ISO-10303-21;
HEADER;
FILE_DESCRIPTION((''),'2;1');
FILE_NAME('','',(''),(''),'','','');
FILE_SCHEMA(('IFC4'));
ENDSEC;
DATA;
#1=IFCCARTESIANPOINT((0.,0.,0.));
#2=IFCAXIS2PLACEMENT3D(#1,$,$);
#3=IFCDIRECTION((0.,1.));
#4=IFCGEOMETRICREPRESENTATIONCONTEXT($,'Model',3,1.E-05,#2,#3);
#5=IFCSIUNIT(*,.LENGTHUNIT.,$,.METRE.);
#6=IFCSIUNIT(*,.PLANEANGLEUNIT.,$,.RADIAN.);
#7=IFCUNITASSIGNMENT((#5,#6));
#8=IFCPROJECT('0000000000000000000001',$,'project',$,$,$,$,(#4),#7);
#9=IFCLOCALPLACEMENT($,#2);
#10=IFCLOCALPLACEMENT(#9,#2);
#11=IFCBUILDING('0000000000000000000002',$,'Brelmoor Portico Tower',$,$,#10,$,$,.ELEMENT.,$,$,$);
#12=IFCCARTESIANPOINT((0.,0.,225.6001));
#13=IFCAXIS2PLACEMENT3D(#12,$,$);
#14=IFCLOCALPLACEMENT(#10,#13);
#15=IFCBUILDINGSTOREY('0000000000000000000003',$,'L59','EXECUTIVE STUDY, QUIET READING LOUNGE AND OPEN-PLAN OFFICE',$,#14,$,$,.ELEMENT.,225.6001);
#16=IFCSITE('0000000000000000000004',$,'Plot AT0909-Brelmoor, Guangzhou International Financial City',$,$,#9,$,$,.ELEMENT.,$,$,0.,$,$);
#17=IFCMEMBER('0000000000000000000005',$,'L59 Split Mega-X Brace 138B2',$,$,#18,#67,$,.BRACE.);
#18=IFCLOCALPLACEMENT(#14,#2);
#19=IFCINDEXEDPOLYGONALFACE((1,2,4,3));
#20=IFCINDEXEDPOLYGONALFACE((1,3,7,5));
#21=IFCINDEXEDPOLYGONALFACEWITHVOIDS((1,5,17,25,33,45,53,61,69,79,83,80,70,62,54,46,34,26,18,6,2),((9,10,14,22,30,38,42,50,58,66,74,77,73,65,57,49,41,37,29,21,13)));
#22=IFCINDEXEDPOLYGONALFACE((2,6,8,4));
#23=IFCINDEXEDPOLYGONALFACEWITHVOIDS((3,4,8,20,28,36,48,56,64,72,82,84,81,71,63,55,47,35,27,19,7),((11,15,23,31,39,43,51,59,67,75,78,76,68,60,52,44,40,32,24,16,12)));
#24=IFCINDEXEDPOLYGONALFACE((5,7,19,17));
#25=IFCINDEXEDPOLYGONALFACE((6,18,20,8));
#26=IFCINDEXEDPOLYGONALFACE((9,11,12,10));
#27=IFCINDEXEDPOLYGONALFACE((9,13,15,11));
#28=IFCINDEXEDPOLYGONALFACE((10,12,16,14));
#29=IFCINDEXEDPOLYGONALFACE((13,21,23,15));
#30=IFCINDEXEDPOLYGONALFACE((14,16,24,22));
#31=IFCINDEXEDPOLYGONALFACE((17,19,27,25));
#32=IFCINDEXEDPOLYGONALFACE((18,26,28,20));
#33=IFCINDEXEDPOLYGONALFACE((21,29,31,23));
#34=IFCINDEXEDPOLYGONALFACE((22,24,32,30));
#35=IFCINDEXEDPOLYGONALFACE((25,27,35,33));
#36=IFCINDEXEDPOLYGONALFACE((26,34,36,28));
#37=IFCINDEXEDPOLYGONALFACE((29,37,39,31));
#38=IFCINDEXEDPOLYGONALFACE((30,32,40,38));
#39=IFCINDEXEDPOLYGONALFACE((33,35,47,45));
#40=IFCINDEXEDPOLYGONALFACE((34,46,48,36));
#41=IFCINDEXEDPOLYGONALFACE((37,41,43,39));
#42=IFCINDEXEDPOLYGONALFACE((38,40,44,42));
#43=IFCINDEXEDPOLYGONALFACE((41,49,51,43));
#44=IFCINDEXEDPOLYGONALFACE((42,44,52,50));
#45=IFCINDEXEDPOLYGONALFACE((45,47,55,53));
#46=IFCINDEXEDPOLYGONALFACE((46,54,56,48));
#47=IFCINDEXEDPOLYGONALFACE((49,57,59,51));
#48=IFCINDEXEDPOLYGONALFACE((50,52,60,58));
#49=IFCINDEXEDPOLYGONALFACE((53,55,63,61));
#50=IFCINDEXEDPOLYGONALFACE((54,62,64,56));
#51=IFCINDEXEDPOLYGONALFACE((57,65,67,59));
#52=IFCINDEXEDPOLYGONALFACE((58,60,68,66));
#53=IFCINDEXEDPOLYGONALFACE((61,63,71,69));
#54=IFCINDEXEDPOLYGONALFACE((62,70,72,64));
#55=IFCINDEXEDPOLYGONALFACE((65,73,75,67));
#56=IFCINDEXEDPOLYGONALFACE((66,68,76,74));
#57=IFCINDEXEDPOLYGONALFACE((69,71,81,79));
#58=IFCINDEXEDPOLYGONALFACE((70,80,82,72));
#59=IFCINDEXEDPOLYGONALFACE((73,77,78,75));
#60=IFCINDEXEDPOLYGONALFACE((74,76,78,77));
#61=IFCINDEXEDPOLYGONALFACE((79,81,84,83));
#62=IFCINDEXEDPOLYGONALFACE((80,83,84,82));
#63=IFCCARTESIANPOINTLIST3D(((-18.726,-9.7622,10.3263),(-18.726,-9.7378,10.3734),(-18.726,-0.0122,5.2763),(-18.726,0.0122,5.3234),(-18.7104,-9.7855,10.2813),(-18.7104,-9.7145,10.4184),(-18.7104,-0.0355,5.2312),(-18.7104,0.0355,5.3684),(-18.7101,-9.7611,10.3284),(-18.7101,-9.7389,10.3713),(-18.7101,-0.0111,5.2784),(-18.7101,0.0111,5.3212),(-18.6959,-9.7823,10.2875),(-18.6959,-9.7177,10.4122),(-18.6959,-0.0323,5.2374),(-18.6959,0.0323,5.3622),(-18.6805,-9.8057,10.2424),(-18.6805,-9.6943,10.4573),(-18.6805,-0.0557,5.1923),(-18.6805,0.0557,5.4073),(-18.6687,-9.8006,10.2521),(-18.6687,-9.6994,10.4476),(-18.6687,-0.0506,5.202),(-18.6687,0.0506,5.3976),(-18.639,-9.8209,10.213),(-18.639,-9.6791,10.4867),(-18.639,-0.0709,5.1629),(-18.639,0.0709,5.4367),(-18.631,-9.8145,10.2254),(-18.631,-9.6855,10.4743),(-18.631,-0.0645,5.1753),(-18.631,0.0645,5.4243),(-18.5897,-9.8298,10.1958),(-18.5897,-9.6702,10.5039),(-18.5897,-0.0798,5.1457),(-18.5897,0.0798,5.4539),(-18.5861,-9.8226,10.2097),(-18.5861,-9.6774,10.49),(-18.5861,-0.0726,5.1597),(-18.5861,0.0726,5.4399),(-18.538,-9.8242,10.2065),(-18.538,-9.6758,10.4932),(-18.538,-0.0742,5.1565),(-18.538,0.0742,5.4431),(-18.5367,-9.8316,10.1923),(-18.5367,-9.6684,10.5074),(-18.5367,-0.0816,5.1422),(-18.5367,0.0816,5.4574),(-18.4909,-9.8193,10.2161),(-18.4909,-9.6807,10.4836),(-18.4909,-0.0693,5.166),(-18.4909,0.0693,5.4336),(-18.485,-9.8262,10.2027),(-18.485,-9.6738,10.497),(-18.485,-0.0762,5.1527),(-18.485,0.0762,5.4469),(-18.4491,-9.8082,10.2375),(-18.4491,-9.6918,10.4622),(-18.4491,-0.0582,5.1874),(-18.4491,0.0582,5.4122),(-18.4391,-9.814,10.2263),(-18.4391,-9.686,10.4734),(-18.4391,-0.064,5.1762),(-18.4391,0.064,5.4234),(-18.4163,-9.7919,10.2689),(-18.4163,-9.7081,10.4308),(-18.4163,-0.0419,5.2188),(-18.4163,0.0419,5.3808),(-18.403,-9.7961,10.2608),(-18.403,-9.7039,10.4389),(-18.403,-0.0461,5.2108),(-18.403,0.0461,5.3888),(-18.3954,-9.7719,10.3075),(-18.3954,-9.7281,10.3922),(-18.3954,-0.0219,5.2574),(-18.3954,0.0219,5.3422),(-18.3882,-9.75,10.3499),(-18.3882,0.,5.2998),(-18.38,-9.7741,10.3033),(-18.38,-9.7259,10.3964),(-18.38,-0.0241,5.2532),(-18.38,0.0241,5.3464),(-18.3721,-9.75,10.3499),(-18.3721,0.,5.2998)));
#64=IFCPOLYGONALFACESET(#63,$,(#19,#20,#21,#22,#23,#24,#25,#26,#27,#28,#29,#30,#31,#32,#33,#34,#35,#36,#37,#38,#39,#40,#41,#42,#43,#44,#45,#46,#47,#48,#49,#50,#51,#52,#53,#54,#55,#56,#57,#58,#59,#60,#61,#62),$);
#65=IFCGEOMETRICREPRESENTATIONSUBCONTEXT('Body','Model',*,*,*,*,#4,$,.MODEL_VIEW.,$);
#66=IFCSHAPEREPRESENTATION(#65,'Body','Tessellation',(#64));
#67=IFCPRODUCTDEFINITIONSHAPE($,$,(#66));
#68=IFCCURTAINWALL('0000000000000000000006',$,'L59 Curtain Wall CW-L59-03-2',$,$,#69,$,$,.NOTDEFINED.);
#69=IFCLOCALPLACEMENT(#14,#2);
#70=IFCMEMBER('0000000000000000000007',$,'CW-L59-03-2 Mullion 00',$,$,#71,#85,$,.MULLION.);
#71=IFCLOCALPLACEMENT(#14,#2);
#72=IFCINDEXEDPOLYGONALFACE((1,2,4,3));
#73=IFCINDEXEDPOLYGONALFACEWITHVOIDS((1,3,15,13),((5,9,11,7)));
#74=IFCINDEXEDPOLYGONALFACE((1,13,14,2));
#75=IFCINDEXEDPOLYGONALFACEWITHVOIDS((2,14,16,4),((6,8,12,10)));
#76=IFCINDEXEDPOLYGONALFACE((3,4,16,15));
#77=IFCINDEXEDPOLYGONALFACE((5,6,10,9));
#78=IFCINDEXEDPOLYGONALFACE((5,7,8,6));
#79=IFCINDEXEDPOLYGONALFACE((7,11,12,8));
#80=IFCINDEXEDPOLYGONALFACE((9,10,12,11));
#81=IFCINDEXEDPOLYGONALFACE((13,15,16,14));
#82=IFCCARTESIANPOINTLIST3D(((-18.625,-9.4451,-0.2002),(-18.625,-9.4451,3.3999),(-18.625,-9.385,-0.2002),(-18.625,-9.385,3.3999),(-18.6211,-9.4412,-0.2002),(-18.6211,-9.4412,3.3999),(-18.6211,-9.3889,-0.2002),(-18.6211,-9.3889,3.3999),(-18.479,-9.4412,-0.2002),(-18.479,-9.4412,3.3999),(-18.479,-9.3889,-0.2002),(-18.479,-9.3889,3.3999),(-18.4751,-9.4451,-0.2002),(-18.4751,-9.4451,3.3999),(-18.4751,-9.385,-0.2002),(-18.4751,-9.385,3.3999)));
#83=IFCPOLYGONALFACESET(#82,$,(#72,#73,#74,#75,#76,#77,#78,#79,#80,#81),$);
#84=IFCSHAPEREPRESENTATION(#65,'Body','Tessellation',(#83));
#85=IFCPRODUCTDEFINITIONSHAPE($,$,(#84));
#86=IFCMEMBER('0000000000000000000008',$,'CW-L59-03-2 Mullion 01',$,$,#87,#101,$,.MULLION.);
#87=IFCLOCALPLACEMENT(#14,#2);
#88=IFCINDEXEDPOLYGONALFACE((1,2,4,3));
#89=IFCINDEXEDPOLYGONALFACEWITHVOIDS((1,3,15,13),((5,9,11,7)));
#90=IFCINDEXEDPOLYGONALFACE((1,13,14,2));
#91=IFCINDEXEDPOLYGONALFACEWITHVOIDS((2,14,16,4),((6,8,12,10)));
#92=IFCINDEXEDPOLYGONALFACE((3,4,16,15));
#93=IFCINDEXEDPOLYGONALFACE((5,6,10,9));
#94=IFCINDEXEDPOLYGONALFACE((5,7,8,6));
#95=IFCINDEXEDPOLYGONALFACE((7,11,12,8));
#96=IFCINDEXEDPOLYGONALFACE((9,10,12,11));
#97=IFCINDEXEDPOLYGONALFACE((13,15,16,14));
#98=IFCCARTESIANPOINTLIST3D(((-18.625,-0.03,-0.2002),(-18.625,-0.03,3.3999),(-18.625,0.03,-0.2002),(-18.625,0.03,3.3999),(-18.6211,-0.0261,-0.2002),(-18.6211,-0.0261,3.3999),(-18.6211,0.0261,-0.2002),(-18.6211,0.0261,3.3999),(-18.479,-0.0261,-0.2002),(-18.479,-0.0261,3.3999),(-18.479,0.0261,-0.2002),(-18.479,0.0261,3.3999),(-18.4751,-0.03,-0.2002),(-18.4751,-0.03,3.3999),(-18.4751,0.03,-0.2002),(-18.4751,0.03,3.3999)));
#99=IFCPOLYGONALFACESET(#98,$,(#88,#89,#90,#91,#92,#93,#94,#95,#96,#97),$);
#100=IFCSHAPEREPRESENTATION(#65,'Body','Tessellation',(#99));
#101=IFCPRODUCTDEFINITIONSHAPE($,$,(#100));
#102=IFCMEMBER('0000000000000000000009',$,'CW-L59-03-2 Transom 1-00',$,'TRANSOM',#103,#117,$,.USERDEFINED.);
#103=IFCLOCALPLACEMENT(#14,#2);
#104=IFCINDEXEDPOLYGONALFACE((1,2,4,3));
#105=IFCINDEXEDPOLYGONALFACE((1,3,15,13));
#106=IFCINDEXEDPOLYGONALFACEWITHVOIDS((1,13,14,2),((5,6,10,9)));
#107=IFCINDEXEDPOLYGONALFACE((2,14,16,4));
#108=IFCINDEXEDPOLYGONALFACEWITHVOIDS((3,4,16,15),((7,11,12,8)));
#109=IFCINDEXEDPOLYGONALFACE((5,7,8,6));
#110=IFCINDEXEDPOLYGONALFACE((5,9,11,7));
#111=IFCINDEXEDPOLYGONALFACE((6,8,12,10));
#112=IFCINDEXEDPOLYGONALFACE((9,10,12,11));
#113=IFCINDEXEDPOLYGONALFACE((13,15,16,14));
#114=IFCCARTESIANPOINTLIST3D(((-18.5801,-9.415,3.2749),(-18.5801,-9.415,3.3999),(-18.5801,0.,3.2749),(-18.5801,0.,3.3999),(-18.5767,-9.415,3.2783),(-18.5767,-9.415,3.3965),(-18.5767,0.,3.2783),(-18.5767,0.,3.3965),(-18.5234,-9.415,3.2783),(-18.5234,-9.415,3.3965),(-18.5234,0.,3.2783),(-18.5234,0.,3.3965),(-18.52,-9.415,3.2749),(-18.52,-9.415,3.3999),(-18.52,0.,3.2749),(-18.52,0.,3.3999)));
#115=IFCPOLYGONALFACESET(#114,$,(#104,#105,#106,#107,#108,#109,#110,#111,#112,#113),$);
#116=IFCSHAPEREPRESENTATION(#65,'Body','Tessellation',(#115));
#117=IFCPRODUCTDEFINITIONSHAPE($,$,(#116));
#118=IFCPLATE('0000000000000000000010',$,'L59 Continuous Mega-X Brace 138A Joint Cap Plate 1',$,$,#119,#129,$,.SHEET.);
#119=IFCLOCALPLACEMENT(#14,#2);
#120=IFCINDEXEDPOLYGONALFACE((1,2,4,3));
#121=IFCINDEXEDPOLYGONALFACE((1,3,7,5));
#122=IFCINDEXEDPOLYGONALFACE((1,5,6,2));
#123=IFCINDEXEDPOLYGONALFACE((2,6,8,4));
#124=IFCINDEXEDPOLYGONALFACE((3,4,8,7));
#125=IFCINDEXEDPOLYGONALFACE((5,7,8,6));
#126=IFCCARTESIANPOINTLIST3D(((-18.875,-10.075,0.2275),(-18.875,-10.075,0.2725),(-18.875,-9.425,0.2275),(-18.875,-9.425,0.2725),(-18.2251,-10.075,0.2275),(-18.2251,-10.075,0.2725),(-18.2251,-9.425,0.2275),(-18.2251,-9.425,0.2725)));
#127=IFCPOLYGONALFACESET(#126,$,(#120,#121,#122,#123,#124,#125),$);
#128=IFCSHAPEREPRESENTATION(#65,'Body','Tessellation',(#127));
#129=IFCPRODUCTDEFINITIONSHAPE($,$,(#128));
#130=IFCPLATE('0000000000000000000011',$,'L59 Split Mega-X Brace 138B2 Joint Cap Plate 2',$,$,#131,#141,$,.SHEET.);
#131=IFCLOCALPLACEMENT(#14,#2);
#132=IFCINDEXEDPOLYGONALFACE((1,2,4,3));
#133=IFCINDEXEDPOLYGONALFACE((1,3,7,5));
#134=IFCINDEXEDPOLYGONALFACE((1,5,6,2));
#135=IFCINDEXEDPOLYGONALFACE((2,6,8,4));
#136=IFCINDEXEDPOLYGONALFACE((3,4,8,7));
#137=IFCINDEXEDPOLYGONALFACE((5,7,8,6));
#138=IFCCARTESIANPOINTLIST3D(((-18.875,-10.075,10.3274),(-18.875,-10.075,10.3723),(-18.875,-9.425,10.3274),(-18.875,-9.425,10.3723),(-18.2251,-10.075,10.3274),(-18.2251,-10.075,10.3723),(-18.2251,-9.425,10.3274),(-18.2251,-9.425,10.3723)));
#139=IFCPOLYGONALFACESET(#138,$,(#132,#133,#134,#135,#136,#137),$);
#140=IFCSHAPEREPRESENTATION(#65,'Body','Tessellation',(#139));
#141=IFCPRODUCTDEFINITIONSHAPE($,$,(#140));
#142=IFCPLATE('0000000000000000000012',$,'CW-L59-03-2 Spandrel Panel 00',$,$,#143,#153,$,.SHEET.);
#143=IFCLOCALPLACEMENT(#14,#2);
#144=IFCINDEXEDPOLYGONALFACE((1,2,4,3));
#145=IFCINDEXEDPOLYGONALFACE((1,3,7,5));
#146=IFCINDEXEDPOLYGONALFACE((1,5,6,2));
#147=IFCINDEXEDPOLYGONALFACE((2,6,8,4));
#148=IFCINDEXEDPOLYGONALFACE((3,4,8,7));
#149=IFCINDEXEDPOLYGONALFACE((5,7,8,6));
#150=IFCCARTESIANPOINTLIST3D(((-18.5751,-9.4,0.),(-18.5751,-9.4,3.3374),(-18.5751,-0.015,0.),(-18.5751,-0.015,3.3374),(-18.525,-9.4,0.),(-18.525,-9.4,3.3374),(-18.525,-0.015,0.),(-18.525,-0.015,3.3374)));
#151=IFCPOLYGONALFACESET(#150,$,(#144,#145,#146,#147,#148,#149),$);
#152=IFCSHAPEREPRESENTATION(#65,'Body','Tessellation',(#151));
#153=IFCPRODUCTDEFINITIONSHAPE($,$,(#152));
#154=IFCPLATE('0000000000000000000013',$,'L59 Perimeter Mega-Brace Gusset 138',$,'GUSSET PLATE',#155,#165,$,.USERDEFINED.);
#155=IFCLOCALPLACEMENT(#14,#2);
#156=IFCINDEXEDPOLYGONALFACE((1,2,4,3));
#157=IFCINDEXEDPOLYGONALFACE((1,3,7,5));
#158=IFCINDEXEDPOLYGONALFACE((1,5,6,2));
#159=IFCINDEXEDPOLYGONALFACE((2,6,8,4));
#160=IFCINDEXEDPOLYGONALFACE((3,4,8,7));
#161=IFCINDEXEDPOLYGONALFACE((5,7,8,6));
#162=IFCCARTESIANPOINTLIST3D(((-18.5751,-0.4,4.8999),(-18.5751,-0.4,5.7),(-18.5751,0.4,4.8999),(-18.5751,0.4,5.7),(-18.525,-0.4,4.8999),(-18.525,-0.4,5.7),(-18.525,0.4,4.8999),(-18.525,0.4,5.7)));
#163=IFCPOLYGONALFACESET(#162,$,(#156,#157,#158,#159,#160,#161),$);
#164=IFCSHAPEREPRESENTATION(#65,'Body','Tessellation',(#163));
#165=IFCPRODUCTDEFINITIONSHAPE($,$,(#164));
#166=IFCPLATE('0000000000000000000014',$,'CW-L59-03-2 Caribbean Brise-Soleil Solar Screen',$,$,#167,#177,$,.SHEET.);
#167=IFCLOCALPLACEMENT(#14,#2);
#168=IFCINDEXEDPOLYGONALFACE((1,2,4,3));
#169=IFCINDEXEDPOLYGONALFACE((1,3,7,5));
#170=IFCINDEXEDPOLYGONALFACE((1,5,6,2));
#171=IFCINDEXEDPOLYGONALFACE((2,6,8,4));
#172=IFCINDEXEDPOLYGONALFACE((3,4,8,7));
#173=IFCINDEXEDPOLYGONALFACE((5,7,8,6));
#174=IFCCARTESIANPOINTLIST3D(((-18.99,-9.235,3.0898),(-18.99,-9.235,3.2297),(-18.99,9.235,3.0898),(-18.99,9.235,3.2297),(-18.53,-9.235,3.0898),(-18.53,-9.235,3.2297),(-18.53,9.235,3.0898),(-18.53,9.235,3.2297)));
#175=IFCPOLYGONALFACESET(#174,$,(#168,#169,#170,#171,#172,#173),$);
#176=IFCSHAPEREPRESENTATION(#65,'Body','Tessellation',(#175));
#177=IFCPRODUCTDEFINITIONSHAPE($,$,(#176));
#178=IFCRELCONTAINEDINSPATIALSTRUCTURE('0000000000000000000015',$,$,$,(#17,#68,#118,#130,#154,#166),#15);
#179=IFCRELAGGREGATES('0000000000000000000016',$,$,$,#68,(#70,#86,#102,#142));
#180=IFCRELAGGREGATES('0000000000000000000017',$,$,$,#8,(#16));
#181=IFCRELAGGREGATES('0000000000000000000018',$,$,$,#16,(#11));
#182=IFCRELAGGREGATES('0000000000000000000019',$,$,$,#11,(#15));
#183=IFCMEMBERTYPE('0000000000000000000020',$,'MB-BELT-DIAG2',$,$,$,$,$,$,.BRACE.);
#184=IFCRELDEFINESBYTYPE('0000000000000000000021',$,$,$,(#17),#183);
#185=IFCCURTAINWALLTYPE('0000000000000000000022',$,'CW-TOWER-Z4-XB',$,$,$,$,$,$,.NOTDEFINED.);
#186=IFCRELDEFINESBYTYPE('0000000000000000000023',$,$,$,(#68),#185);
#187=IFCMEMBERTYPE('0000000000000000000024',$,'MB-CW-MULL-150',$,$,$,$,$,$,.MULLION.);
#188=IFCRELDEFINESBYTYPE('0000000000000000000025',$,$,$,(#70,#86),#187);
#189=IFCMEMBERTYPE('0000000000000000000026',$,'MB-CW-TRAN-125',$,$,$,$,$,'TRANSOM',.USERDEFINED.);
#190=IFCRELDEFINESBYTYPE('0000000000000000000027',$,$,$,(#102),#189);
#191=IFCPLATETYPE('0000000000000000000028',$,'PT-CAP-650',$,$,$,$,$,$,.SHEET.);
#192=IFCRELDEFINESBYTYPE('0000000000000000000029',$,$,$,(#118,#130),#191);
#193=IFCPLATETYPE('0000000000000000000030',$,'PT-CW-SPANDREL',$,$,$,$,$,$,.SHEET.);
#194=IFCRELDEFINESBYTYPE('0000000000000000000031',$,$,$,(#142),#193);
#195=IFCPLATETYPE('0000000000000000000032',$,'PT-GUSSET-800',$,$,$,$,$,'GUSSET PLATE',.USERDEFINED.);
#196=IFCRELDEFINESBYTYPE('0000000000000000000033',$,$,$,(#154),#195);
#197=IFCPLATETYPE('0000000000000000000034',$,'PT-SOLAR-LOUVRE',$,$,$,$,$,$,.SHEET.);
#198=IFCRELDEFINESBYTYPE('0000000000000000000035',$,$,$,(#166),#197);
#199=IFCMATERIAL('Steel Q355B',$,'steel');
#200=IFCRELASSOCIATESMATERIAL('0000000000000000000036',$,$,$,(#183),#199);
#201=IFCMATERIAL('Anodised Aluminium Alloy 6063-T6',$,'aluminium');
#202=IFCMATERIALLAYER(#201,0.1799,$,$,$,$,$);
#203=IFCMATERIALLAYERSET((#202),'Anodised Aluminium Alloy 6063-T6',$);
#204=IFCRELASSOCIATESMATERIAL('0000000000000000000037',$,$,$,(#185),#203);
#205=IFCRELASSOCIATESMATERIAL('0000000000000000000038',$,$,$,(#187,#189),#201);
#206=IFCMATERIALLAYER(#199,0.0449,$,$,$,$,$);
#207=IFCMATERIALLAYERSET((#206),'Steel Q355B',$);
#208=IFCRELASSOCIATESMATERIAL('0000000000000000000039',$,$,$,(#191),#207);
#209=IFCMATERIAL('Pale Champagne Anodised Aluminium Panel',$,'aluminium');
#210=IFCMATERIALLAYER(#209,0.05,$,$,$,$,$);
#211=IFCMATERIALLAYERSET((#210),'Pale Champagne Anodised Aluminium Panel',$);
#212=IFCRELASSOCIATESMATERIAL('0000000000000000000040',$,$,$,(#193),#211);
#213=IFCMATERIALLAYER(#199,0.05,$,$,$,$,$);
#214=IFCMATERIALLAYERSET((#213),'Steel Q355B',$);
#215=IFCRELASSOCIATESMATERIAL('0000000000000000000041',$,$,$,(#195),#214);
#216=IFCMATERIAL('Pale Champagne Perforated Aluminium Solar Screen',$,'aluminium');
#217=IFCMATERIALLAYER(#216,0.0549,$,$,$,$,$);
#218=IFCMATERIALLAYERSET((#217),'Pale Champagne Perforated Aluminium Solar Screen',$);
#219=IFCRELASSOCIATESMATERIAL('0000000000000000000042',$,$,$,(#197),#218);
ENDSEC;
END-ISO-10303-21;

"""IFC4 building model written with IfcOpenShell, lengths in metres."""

from ifc_helpers import new_model, si_unit, direction, frame, origin, origin_2d, place, context, subcontext, project, spatial, rectangle, hollow_rectangle, hollow_circle, extrude, material, layer, layer_set, material_profile, profile_set, type_object, element, aggregate, save


model = new_model("IFC4")

# Units and contexts
model_context = context("Model", 3, precision=1e-05, world=origin(), true_north=direction((0.0, 1.0)))
body_context = subcontext(model_context, "Body", "Model", "MODEL_VIEW")
ifc_project = project(units=[si_unit("LENGTHUNIT", "METRE"), si_unit("PLANEANGLEUNIT", "RADIAN")], contexts=[model_context])

# Site, building, storey
site_placement = place(None, origin())
site = spatial("IfcSite", under=ifc_project, at=site_placement, Name="Plot AT0909-Brelmoor, Guangzhou International Financial City", CompositionType="ELEMENT", RefElevation=0.0)
building_placement = place(site_placement, origin())
building = spatial("IfcBuilding", under=site, at=building_placement, Name="Brelmoor Portico Tower", CompositionType="ELEMENT")
storey_placement = place(building_placement, frame((0.0, 0.0, 225.6001)))
storey = spatial("IfcBuildingStorey", under=building, at=storey_placement, Name="L59", Description="EXECUTIVE STUDY, QUIET READING LOUNGE AND OPEN-PLAN OFFICE", CompositionType="ELEMENT", Elevation=225.6001)

# Shared definitions
ifc_material_1 = material(Name="Steel Q355B", Category="steel")

# Member
ifc_material_profile_1 = material_profile(ifc_material_1, hollow_circle(Radius=0.178, WallThickness=0.0161, at=origin_2d()), Name="CHS 356x16")
ifc_profile_set_1 = profile_set([ifc_material_profile_1], Name="Steel Q355B")
member_type_1 = type_object("IfcMemberType", Name="MB-BELT-DIAG2", PredefinedType="BRACE", material=ifc_profile_set_1)
member_1_placement = place(storey_placement, frame((-18.55, 0.0, 5.2998), z_axis=(0.0, -0.887959, 0.459922), x_axis=(1.0, 0.0, 0.0)))
element("IfcMember", 1, at=member_1_placement, inside=storey, type_object=member_type_1, Name="L59 Split Mega-X Brace 138B2", PredefinedType="BRACE", context=body_context, shape_type="SweptSolid", body=[
    extrude(hollow_circle(Radius=0.178, WallThickness=0.0161, at=origin_2d()), origin(), (0.0, 0.0, 1.0), 10.9802),
])

# Curtain wall, members
ifc_material_2 = material(Name="Anodised Aluminium Alloy 6063-T6", Category="aluminium")
ifc_layer_1 = layer(ifc_material_2, 0.1799)
ifc_layer_set_1 = layer_set([ifc_layer_1], Name="Anodised Aluminium Alloy 6063-T6")
curtain_wall_type = type_object("IfcCurtainWallType", Name="CW-TOWER-Z4-XB", PredefinedType="NOTDEFINED", material=ifc_layer_set_1)
curtain_wall_placement = place(storey_placement, origin())
curtain_wall = element("IfcCurtainWall", 2, at=curtain_wall_placement, inside=storey, type_object=curtain_wall_type, Name="L59 Curtain Wall CW-L59-03-2", PredefinedType="NOTDEFINED")
ifc_material_profile_2 = material_profile(ifc_material_2, hollow_rectangle(XDim=0.0601, YDim=0.1499, WallThickness=0.0039, at=origin_2d()), Name="ALU MULLION 60x150")
ifc_profile_set_2 = profile_set([ifc_material_profile_2], Name="Anodised Aluminium Alloy 6063-T6")
member_type_2 = type_object("IfcMemberType", Name="MB-CW-MULL-150", PredefinedType="MULLION", material=ifc_profile_set_2)
member_2_placement = place(storey_placement, frame((-18.55, -9.415, -0.2002), z_axis=(0.0, 0.0, 1.0), x_axis=(0.0, 1.0, 0.0)))
member_2 = element("IfcMember", 3, at=member_2_placement, type_object=member_type_2, Name="CW-L59-03-2 Mullion 00", PredefinedType="MULLION", context=body_context, shape_type="SweptSolid", body=[
    extrude(hollow_rectangle(XDim=0.0601, YDim=0.1499, WallThickness=0.0039, at=origin_2d()), origin(), (0.0, 0.0, 1.0), 3.6001),
])
member_3_placement = place(storey_placement, frame((-18.55, 0.0, -0.2002), z_axis=(0.0, 0.0, 1.0), x_axis=(0.0, 1.0, 0.0)))
member_3 = element("IfcMember", 4, at=member_3_placement, type_object=member_type_2, Name="CW-L59-03-2 Mullion 01", PredefinedType="MULLION", context=body_context, shape_type="SweptSolid", body=[
    extrude(hollow_rectangle(XDim=0.0601, YDim=0.1499, WallThickness=0.0039, at=origin_2d()), origin(), (0.0, 0.0, 1.0), 3.6001),
])
ifc_material_profile_3 = material_profile(ifc_material_2, hollow_rectangle(XDim=0.0601, YDim=0.125, WallThickness=0.0034, at=origin_2d()), Name="ALU TRANSOM 60x125")
ifc_profile_set_3 = profile_set([ifc_material_profile_3], Name="Anodised Aluminium Alloy 6063-T6")
member_type_3 = type_object("IfcMemberType", Name="MB-CW-TRAN-125", ElementType="TRANSOM", PredefinedType="USERDEFINED", material=ifc_profile_set_3)
member_4_placement = place(storey_placement, frame((-18.55, -9.415, 3.3374), z_axis=(0.0, 1.0, 0.0), x_axis=(-1.0, 0.0, 0.0)))
member_4 = element("IfcMember", 5, at=member_4_placement, type_object=member_type_3, Name="CW-L59-03-2 Transom 1-00", ObjectType="TRANSOM", PredefinedType="USERDEFINED", context=body_context, shape_type="SweptSolid", body=[
    extrude(hollow_rectangle(XDim=0.0601, YDim=0.125, WallThickness=0.0034, at=origin_2d()), origin(), (0.0, 0.0, 1.0), 9.415),
])

# Plates
ifc_layer_2 = layer(ifc_material_1, 0.0449)
ifc_layer_set_2 = layer_set([ifc_layer_2], Name="Steel Q355B")
plate_type_1 = type_object("IfcPlateType", Name="PT-CAP-650", PredefinedType="SHEET", material=ifc_layer_set_2)
for number, where, z_axis, x_axis, name in (
    (6, (-18.55, -9.75, 0.2275), (0.0, 0.0, 1.0), (1.0, 0.0, 0.0), "L59 Continuous Mega-X Brace 138A Joint Cap Plate 1"),
    (7, (-18.55, -9.75, 10.3274), (0.0, 0.0, 1.0), (1.0, 0.0, 0.0), "L59 Split Mega-X Brace 138B2 Joint Cap Plate 2"),
):
    element("IfcPlate", number, at=place(storey_placement, frame(where, z_axis=z_axis, x_axis=x_axis)), inside=storey, type_object=plate_type_1, Name=name, PredefinedType="SHEET", context=body_context, shape_type="SweptSolid", body=[
        extrude(rectangle(XDim=0.6499, YDim=0.6499, at=origin_2d()), origin(), (0.0, 0.0, 1.0), 0.0449),
    ])

# Plate
ifc_material_3 = material(Name="Pale Champagne Anodised Aluminium Panel", Category="aluminium")
ifc_layer_3 = layer(ifc_material_3, 0.05)
ifc_layer_set_3 = layer_set([ifc_layer_3], Name="Pale Champagne Anodised Aluminium Panel")
plate_type_2 = type_object("IfcPlateType", Name="PT-CW-SPANDREL", PredefinedType="SHEET", material=ifc_layer_set_3)
plate_1_placement = place(storey_placement, frame((-18.55, -4.7075, 0.0), z_axis=(0.0, 0.0, 1.0), x_axis=(0.0, 1.0, 0.0)))
plate_1 = element("IfcPlate", 8, at=plate_1_placement, type_object=plate_type_2, Name="CW-L59-03-2 Spandrel Panel 00", PredefinedType="SHEET", context=body_context, shape_type="SweptSolid", body=[
    extrude(rectangle(XDim=9.385, YDim=0.05, at=origin_2d()), origin(), (0.0, 0.0, 1.0), 3.3374),
])
aggregate(curtain_wall, [member_2, member_3, member_4, plate_1])

# Plates
ifc_layer_4 = layer(ifc_material_1, 0.05)
ifc_layer_set_4 = layer_set([ifc_layer_4], Name="Steel Q355B")
plate_type_3 = type_object("IfcPlateType", Name="PT-GUSSET-800", ElementType="GUSSET PLATE", PredefinedType="USERDEFINED", material=ifc_layer_set_4)
plate_2_placement = place(storey_placement, frame((-18.55, 0.0, 4.8999), z_axis=(0.0, 0.0, 1.0), x_axis=(1.0, 0.0, 0.0)))
element("IfcPlate", 9, at=plate_2_placement, inside=storey, type_object=plate_type_3, Name="L59 Perimeter Mega-Brace Gusset 138", ObjectType="GUSSET PLATE", PredefinedType="USERDEFINED", context=body_context, shape_type="SweptSolid", body=[
    extrude(rectangle(XDim=0.05, YDim=0.8, at=origin_2d()), origin(), (0.0, 0.0, 1.0), 0.8),
])
ifc_material_4 = material(Name="Pale Champagne Perforated Aluminium Solar Screen", Category="aluminium")
ifc_layer_5 = layer(ifc_material_4, 0.0549)
ifc_layer_set_5 = layer_set([ifc_layer_5], Name="Pale Champagne Perforated Aluminium Solar Screen")
plate_type_4 = type_object("IfcPlateType", Name="PT-SOLAR-LOUVRE", PredefinedType="SHEET", material=ifc_layer_set_5)
plate_3_placement = place(storey_placement, frame((-18.76, 0.0, 3.0898), z_axis=(0.0, 0.0, 1.0), x_axis=(0.0, 1.0, 0.0)))
element("IfcPlate", 10, at=plate_3_placement, inside=storey, type_object=plate_type_4, Name="CW-L59-03-2 Caribbean Brise-Soleil Solar Screen", PredefinedType="SHEET", context=body_context, shape_type="SweptSolid", body=[
    extrude(rectangle(XDim=18.47, YDim=0.46, at=origin_2d()), origin(), (0.0, 0.0, 1.0), 0.1399),
])

save(model, "model.ifc")
